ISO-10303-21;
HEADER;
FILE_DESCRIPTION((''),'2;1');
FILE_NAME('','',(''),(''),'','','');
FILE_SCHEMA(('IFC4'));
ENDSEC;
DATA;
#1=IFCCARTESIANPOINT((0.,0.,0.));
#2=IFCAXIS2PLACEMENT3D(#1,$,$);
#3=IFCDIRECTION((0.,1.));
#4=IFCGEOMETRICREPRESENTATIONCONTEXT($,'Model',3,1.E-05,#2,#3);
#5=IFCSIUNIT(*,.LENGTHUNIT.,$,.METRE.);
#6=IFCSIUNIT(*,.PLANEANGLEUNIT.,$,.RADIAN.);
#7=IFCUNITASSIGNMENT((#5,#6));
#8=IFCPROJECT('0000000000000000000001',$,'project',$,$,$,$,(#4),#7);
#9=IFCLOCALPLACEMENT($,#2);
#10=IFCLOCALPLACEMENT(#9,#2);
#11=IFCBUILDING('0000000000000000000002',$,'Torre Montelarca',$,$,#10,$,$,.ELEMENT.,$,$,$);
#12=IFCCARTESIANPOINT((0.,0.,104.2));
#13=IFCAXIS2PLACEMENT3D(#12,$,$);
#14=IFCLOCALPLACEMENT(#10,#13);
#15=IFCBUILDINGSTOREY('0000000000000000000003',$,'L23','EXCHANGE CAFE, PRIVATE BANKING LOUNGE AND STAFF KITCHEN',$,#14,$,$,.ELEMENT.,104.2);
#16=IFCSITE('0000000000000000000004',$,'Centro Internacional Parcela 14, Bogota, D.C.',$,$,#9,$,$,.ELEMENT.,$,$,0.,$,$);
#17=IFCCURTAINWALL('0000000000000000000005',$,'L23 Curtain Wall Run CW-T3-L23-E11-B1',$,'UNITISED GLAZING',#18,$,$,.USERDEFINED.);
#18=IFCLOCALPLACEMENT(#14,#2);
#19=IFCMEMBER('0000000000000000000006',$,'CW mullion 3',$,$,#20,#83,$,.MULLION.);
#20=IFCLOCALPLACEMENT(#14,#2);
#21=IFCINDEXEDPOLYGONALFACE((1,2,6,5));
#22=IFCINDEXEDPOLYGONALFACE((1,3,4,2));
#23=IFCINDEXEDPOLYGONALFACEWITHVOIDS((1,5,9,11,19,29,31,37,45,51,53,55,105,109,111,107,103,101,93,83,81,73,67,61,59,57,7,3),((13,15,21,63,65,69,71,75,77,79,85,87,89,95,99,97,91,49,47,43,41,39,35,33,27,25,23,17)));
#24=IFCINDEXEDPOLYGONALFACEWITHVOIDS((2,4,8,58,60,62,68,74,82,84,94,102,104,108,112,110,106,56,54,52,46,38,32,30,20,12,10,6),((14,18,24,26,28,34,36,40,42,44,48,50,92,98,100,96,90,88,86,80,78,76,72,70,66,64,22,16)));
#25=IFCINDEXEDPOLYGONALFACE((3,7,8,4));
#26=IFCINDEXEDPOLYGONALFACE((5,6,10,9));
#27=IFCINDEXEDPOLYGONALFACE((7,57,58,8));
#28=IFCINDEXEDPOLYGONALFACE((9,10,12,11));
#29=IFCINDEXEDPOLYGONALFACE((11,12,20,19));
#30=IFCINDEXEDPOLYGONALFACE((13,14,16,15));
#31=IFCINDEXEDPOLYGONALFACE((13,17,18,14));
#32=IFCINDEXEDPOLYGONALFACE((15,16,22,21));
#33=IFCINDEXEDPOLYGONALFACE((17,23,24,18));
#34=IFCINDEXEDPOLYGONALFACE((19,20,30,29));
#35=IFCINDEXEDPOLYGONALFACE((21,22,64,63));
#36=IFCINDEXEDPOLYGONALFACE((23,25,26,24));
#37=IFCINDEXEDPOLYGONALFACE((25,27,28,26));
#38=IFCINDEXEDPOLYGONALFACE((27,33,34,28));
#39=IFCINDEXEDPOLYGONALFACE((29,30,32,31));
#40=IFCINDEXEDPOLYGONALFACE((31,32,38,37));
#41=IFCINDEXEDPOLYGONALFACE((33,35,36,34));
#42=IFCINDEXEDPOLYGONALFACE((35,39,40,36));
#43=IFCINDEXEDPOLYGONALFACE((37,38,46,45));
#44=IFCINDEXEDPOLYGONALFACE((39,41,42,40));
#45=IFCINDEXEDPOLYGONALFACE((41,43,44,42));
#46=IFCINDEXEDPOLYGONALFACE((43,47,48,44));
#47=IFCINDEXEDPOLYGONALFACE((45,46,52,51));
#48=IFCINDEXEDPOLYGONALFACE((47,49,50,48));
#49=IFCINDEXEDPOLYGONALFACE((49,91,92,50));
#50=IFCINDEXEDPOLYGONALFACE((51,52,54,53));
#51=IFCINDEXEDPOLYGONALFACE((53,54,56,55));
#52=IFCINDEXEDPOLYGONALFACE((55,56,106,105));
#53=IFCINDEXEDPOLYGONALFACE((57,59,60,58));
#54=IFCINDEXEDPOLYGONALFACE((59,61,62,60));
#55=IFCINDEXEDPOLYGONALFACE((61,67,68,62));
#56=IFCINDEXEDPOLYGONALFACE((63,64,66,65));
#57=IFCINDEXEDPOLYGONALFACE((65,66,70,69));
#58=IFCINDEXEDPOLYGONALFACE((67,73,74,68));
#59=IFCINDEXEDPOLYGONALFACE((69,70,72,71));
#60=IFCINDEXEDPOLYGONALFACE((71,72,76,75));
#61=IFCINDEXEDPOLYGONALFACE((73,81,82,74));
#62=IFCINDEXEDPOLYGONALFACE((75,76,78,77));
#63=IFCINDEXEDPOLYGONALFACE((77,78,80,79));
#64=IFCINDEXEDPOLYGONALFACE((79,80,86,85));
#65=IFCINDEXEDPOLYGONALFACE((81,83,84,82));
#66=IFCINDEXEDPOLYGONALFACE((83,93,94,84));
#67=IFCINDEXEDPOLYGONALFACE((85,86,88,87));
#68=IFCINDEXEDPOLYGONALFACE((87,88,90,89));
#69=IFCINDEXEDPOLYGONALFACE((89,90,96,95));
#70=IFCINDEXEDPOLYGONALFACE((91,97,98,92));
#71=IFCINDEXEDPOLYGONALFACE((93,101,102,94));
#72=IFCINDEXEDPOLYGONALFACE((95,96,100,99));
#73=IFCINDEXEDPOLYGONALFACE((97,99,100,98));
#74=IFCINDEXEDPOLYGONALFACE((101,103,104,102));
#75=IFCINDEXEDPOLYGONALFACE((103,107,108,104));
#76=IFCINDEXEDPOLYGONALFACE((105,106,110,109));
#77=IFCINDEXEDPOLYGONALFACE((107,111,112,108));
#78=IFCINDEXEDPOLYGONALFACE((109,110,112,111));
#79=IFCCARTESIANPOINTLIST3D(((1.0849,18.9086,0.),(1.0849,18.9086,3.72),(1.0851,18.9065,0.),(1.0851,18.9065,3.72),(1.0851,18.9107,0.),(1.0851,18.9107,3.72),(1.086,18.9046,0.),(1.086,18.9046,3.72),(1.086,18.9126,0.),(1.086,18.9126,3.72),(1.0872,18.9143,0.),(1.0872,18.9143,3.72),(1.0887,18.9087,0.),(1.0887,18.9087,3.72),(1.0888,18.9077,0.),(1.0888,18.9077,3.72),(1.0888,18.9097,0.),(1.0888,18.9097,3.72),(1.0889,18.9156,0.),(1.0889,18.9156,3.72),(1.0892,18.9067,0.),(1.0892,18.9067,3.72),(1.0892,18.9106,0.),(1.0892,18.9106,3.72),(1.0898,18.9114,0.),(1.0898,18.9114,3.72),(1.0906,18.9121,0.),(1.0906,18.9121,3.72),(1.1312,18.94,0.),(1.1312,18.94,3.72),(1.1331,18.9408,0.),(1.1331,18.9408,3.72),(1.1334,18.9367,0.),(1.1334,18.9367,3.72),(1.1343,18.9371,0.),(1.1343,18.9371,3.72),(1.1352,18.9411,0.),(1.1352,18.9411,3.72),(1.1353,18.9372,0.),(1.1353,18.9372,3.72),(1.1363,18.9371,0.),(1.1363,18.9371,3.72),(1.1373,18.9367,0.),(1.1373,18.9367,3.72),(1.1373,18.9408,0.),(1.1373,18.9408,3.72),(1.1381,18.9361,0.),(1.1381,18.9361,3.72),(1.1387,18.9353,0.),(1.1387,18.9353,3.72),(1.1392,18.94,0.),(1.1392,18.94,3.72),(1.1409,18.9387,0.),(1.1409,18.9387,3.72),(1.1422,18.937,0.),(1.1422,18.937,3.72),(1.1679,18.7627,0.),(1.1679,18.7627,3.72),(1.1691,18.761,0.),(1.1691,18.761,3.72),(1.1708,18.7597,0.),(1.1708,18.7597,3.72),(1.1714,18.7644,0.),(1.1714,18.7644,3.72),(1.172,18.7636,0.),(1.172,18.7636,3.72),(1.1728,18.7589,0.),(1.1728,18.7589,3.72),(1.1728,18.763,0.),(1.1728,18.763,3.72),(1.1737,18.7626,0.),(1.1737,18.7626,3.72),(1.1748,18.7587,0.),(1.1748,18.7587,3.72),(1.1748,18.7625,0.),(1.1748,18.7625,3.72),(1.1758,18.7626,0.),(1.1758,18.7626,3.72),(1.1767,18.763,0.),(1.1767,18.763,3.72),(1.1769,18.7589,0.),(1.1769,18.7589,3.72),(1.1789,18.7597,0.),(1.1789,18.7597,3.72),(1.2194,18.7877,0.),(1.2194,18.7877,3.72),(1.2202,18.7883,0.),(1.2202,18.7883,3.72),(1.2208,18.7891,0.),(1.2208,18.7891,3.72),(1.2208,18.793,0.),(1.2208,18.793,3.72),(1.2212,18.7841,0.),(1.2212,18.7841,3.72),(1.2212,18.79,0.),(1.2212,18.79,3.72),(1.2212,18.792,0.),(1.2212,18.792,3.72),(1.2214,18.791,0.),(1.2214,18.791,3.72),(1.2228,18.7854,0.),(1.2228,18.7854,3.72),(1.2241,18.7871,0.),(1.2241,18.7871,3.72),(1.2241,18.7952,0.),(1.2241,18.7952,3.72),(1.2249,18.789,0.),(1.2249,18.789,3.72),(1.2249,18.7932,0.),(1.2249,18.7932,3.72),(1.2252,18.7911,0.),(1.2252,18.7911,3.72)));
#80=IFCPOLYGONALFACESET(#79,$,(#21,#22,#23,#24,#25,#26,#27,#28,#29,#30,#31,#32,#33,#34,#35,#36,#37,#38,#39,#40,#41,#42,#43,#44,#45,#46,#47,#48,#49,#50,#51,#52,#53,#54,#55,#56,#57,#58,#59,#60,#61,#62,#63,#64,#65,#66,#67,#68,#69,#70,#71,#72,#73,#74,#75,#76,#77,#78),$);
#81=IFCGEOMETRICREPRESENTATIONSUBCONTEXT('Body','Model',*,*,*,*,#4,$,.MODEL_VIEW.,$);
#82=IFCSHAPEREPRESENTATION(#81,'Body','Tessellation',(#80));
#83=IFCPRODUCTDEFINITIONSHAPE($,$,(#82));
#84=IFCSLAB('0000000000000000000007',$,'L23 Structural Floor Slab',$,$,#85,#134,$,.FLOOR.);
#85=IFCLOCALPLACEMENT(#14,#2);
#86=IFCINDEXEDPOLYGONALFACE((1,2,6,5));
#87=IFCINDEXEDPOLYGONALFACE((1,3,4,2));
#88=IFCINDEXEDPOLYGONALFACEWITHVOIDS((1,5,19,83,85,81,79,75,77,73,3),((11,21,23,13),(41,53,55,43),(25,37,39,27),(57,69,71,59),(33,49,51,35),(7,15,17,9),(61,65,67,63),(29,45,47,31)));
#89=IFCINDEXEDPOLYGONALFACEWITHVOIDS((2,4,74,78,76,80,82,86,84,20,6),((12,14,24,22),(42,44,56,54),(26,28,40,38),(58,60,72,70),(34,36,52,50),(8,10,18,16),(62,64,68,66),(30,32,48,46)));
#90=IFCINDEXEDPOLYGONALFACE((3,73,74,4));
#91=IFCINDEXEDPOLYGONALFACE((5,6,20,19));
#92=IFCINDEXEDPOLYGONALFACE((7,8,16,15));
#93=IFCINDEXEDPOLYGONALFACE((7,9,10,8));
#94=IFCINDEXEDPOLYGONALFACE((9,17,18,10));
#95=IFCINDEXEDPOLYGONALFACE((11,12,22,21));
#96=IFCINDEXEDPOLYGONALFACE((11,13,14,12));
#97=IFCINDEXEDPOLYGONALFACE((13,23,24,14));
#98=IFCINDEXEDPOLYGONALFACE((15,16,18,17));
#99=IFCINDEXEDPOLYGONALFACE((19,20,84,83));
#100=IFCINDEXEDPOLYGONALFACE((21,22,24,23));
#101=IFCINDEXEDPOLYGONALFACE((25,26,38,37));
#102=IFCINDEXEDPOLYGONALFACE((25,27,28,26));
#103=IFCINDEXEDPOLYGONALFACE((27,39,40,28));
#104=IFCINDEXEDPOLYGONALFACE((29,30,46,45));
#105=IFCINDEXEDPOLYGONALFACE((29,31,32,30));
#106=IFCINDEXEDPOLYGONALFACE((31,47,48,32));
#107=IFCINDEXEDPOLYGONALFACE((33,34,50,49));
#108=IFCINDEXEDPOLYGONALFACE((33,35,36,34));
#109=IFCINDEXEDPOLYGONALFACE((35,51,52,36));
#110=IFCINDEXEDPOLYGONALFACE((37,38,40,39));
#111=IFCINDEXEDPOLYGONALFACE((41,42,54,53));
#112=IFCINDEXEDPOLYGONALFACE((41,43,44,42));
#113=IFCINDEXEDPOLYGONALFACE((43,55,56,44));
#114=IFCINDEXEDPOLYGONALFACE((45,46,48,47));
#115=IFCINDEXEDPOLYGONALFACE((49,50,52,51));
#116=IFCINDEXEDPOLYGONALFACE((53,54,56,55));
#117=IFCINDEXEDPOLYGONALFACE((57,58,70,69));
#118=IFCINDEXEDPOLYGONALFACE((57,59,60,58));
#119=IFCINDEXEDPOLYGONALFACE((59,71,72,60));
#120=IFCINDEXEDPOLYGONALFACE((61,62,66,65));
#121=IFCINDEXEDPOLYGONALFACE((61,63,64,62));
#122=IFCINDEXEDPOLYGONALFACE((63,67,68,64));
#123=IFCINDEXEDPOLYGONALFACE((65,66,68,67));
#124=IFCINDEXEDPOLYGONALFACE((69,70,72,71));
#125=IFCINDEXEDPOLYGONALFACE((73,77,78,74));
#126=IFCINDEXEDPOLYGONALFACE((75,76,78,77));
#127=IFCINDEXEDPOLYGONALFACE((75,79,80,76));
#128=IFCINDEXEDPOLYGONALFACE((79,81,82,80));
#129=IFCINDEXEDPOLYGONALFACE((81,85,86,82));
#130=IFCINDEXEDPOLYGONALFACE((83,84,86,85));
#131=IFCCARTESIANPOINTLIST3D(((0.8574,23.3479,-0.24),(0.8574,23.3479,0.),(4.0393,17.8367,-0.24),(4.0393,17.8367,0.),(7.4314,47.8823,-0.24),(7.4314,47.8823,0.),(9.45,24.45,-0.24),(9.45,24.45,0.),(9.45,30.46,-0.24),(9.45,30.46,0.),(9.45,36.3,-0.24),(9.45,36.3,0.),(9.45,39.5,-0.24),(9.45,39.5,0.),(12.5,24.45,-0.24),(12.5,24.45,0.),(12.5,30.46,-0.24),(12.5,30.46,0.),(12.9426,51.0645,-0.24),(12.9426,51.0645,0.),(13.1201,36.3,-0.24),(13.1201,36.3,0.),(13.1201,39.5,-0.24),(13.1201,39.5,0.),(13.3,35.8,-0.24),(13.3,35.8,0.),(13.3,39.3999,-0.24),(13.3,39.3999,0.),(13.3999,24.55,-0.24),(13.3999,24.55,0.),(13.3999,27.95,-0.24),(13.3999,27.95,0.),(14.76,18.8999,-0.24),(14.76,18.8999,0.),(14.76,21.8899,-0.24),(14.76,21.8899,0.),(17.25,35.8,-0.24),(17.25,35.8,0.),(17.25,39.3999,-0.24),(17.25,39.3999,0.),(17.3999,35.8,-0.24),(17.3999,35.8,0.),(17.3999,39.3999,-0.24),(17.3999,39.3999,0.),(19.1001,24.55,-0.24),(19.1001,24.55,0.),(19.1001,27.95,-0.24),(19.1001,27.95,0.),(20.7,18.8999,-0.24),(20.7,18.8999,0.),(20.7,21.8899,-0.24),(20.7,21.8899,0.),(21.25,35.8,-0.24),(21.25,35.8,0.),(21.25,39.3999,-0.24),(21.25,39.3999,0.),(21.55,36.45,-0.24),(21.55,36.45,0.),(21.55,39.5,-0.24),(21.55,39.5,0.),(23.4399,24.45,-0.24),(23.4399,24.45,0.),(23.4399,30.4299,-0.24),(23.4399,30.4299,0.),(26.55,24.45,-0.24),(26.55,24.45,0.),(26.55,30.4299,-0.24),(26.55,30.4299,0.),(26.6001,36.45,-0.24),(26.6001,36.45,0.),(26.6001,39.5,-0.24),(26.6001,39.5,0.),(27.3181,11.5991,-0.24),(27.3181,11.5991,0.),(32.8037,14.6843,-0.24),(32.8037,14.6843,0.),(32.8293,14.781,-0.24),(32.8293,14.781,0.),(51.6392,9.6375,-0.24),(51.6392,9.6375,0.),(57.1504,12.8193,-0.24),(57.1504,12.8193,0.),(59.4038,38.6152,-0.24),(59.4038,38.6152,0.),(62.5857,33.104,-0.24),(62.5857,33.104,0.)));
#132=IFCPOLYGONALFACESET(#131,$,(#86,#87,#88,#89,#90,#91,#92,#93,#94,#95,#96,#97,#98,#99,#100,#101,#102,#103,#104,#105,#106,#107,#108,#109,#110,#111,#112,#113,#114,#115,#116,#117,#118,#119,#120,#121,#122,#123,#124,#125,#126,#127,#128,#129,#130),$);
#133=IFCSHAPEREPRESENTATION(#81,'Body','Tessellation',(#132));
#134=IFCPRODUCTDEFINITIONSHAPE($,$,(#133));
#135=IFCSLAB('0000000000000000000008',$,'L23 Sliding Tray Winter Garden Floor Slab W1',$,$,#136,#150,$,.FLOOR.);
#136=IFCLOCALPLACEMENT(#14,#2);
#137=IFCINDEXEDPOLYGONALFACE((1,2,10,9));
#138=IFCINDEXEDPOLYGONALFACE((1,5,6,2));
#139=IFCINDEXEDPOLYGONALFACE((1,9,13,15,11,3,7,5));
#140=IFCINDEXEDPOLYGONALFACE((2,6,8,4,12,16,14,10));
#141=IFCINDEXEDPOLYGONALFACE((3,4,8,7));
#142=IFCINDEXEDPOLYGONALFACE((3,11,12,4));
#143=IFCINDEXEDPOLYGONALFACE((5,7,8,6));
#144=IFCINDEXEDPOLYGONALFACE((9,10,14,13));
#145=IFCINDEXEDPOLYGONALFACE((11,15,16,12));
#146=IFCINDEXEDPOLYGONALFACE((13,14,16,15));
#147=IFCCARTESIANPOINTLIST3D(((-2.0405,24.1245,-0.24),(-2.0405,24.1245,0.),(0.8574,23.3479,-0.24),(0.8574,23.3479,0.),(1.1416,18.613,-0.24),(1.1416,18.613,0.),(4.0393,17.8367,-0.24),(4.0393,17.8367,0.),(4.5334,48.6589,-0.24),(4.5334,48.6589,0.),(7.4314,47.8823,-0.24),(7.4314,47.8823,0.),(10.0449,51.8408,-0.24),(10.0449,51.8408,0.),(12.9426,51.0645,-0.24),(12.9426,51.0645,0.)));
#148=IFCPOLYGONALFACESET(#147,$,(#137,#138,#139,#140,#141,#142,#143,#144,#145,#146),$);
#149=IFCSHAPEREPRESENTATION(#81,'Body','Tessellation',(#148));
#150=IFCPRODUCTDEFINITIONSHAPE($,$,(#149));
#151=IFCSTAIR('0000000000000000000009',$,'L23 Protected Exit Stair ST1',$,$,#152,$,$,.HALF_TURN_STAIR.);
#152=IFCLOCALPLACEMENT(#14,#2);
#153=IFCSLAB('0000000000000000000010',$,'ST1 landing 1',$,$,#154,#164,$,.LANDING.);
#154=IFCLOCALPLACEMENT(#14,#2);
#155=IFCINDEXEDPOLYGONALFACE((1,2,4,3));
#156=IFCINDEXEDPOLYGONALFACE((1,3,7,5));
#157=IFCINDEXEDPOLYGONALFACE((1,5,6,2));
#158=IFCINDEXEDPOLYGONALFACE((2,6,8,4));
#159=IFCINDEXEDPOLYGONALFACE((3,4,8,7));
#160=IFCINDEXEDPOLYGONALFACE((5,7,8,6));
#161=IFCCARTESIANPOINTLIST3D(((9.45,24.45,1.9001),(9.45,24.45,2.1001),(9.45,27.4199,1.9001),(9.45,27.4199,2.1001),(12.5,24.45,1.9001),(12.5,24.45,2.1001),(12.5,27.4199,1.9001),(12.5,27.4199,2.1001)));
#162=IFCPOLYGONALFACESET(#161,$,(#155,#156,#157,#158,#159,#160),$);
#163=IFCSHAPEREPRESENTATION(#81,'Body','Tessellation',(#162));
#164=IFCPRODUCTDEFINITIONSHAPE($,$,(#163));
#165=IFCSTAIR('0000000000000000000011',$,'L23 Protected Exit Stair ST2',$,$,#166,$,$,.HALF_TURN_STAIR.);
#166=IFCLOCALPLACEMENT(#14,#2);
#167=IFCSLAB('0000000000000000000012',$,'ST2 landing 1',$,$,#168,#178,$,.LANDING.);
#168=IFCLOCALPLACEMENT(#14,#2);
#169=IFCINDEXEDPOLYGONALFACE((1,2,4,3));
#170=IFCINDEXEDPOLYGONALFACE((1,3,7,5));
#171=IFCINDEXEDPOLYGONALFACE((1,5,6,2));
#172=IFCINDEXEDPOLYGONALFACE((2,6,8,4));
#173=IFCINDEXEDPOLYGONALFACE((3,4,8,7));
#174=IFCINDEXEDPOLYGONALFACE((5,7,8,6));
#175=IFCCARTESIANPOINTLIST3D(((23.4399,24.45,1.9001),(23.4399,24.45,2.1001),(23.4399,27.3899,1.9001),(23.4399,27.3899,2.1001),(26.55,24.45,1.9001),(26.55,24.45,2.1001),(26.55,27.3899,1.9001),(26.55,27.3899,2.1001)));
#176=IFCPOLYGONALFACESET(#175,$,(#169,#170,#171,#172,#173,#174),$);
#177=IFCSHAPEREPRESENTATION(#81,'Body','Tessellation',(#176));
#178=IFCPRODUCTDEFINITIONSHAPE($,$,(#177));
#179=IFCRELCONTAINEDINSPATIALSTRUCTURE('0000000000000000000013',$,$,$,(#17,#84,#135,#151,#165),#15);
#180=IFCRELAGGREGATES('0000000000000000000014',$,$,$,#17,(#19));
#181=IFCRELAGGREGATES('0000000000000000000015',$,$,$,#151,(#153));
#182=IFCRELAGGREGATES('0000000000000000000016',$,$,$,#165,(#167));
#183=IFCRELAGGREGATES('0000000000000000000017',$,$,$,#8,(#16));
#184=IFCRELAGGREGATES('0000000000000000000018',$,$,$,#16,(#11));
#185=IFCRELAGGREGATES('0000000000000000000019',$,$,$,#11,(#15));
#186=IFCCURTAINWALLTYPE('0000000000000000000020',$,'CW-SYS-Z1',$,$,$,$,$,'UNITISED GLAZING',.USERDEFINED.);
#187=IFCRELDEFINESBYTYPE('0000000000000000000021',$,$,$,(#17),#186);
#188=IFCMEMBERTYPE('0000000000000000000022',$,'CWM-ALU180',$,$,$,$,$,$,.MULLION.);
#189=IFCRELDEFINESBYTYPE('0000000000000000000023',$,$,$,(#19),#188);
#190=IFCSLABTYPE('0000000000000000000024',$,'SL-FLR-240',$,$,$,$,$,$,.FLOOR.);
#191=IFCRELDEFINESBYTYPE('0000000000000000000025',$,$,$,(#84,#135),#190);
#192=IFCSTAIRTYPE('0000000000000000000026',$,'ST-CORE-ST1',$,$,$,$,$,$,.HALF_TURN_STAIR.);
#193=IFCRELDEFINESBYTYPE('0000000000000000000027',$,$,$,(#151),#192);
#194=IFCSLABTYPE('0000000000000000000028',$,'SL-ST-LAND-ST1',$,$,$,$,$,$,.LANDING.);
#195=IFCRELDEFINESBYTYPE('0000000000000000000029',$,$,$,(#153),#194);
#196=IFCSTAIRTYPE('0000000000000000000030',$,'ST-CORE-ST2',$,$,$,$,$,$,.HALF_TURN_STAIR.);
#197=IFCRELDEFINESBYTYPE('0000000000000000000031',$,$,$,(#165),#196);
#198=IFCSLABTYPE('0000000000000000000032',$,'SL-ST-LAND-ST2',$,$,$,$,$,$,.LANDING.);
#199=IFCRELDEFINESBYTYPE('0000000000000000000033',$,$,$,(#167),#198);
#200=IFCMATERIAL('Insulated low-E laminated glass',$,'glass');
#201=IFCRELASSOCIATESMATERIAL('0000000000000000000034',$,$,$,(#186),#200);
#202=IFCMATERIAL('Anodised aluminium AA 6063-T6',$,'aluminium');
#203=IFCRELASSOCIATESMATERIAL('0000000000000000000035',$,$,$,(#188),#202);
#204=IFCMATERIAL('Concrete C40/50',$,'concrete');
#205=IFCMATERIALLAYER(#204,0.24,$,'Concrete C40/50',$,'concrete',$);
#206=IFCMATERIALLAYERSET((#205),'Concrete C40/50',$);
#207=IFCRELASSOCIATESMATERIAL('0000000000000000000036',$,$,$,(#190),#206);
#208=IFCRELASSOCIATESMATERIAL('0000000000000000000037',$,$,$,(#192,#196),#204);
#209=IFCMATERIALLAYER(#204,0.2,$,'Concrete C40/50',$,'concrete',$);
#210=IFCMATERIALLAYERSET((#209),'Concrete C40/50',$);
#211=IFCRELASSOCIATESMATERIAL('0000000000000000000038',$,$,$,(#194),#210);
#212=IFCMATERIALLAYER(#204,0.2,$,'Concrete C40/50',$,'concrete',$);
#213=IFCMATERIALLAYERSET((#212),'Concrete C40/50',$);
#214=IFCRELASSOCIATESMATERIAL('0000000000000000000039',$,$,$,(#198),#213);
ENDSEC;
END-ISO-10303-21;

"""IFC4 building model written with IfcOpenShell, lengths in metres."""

from ifc_helpers import new_model, si_unit, direction, frame, origin, origin_2d, place, context, subcontext, project, spatial, polyline, hollow_rectangle, outline, extrude, source, transform, mapped, material, layer, layer_set, material_profile, profile_set, type_object, element, aggregate, save


model = new_model("IFC4")

# Units and contexts
model_context = context("Model", 3, precision=1e-05, world=origin(), true_north=direction((0.0, 1.0)))
body_context = subcontext(model_context, "Body", "Model", "MODEL_VIEW")
ifc_project = project(units=[si_unit("LENGTHUNIT", "METRE"), si_unit("PLANEANGLEUNIT", "RADIAN")], contexts=[model_context])

# Site, building, storey
site_placement = place(None, origin())
site = spatial("IfcSite", under=ifc_project, at=site_placement, Name="Centro Internacional Parcela 14, Bogota, D.C.", CompositionType="ELEMENT", RefElevation=0.0)
building_placement = place(site_placement, origin())
building = spatial("IfcBuilding", under=site, at=building_placement, Name="Torre Montelarca", CompositionType="ELEMENT")
storey_placement = place(building_placement, frame((0.0, 0.0, 104.2)))
storey = spatial("IfcBuildingStorey", under=building, at=storey_placement, Name="L23", Description="EXCHANGE CAFE, PRIVATE BANKING LOUNGE AND STAFF KITCHEN", CompositionType="ELEMENT", Elevation=104.2)

# Shared definitions
ifc_material_1 = material(Name="Insulated low-E laminated glass", Category="glass")
curtain_wall_type = type_object("IfcCurtainWallType", Name="CW-SYS-Z1", ElementType="UNITISED GLAZING", PredefinedType="USERDEFINED", material=ifc_material_1)
ifc_material_2 = material(Name="Anodised aluminium AA 6063-T6", Category="aluminium")

# Shared definitions
ifc_material_profile_1 = material_profile(ifc_material_2, hollow_rectangle(XDim=0.0649, YDim=0.1799, WallThickness=0.0039, InnerFilletRadius=0.0039, OuterFilletRadius=0.0081, at=origin_2d()), Name="ALU65X180X4", Category="aluminium")
ifc_profile_set_1 = profile_set([ifc_material_profile_1], Name="Anodised aluminium AA 6063-T6")
member_type_1 = type_object("IfcMemberType", Name="CWM-ALU180", PredefinedType="MULLION", material=ifc_profile_set_1)
shared_shape_1 = source(origin(), body_context, "Body", "SweptSolid", [
    extrude(hollow_rectangle(XDim=0.0649, YDim=0.1799, WallThickness=0.0039, InnerFilletRadius=0.0039, OuterFilletRadius=0.0081, at=origin_2d()), origin(), (0.0, 0.0, 1.0), 3.72),
])

# Curtain wall, member
curtain_wall_1_placement = place(storey_placement, origin())
curtain_wall_1 = element("IfcCurtainWall", 1, at=curtain_wall_1_placement, inside=storey, type_object=curtain_wall_type, Name="L23 Curtain Wall Run CW-T3-L23-E11-B1", ObjectType="UNITISED GLAZING", PredefinedType="USERDEFINED")
member_1_placement = place(storey_placement, frame((1.155, 18.8499, 0.0), z_axis=(0.0, 0.0, 1.0), x_axis=(0.866025, 0.500001, 0.0)))
member_1 = element("IfcMember", 2, at=member_1_placement, type_object=member_type_1, Name="CW mullion 3", PredefinedType="MULLION", context=body_context, shape_type="MappedRepresentation", body=[
    mapped(shared_shape_1, transform((0.0, 0.0, 0.0), scale=1.0)),
])
aggregate(curtain_wall_1, [member_1])

# Slabs
ifc_material_3 = material(Name="Concrete C40/50", Category="concrete")
ifc_layer_1 = layer(ifc_material_3, 0.24, Name="Concrete C40/50", Category="concrete")
ifc_layer_set_1 = layer_set([ifc_layer_1], Name="Concrete C40/50")
slab_type_1 = type_object("IfcSlabType", Name="SL-FLR-240", PredefinedType="FLOOR", material=ifc_layer_set_1)
slab_1_placement = place(storey_placement, frame((0.0, 0.0, -0.24)))
element("IfcSlab", 3, at=slab_1_placement, inside=storey, type_object=slab_type_1, Name="L23 Structural Floor Slab", PredefinedType="FLOOR", context=body_context, shape_type="SweptSolid", body=[
    extrude(outline(polyline([(27.3181, 11.5991), (32.8293, 14.781), (32.8037, 14.6843), (51.6392, 9.6375), (57.1504, 12.8193), (62.5857, 33.104), (59.4038, 38.6152), (12.9426, 51.0645), (7.4314, 47.8823), (0.8574, 23.3479), (4.0393, 17.8367), (27.3181, 11.5991)]), holes=[polyline([(20.7, 18.8999), (14.76, 18.8999), (14.76, 21.8899), (20.7, 21.8899), (20.7, 18.8999)]), polyline([(19.1001, 24.55), (13.3999, 24.55), (13.3999, 27.95), (19.1001, 27.95), (19.1001, 24.55)]), polyline([(23.4399, 24.45), (23.4399, 30.4299), (26.55, 30.4299), (26.55, 24.45), (23.4399, 24.45)]), polyline([(9.45, 24.45), (9.45, 30.46), (12.5, 30.46), (12.5, 24.45), (9.45, 24.45)]), polyline([(17.25, 35.8), (13.3, 35.8), (13.3, 39.3999), (17.25, 39.3999), (17.25, 35.8)]), polyline([(21.25, 35.8), (17.3999, 35.8), (17.3999, 39.3999), (21.25, 39.3999), (21.25, 35.8)]), polyline([(13.1201, 36.3), (9.45, 36.3), (9.45, 39.5), (13.1201, 39.5), (13.1201, 36.3)]), polyline([(26.6001, 36.45), (21.55, 36.45), (21.55, 39.5), (26.6001, 39.5), (26.6001, 36.45)])]), origin(), (0.0, 0.0, 1.0), 0.24),
])
slab_2_placement = place(storey_placement, frame((0.0, 0.0, -0.24)))
element("IfcSlab", 4, at=slab_2_placement, inside=storey, type_object=slab_type_1, Name="L23 Sliding Tray Winter Garden Floor Slab W1", PredefinedType="FLOOR", context=body_context, shape_type="SweptSolid", body=[
    extrude(outline(polyline([(4.0393, 17.8367), (0.8574, 23.3479), (7.4314, 47.8823), (12.9426, 51.0645), (10.0449, 51.8408), (4.5334, 48.6589), (-2.0405, 24.1245), (1.1416, 18.613), (4.0393, 17.8367)])), origin(), (0.0, 0.0, 1.0), 0.24),
])

# Stairs, slabs
stair_type_1 = type_object("IfcStairType", Name="ST-CORE-ST1", PredefinedType="HALF_TURN_STAIR", material=ifc_material_3)
stair_1_placement = place(storey_placement, origin())
stair_1 = element("IfcStair", 5, at=stair_1_placement, inside=storey, type_object=stair_type_1, Name="L23 Protected Exit Stair ST1", PredefinedType="HALF_TURN_STAIR")
ifc_layer_2 = layer(ifc_material_3, 0.2, Name="Concrete C40/50", Category="concrete")
ifc_layer_set_2 = layer_set([ifc_layer_2], Name="Concrete C40/50")
slab_type_2 = type_object("IfcSlabType", Name="SL-ST-LAND-ST1", PredefinedType="LANDING", material=ifc_layer_set_2)
slab_3_placement = place(storey_placement, frame((0.0, 0.0, 1.9001)))
slab_3 = element("IfcSlab", 6, at=slab_3_placement, type_object=slab_type_2, Name="ST1 landing 1", PredefinedType="LANDING", context=body_context, shape_type="SweptSolid", body=[
    extrude(outline(polyline([(9.45, 27.4199), (9.45, 24.45), (12.5, 24.45), (12.5, 27.4199), (9.45, 27.4199)])), origin(), (0.0, 0.0, 1.0), 0.2),
])
aggregate(stair_1, [slab_3])
stair_type_2 = type_object("IfcStairType", Name="ST-CORE-ST2", PredefinedType="HALF_TURN_STAIR", material=ifc_material_3)
stair_2_placement = place(storey_placement, origin())
stair_2 = element("IfcStair", 7, at=stair_2_placement, inside=storey, type_object=stair_type_2, Name="L23 Protected Exit Stair ST2", PredefinedType="HALF_TURN_STAIR")
ifc_layer_3 = layer(ifc_material_3, 0.2, Name="Concrete C40/50", Category="concrete")
ifc_layer_set_3 = layer_set([ifc_layer_3], Name="Concrete C40/50")
slab_type_3 = type_object("IfcSlabType", Name="SL-ST-LAND-ST2", PredefinedType="LANDING", material=ifc_layer_set_3)
slab_4_placement = place(storey_placement, frame((0.0, 0.0, 1.9001)))
slab_4 = element("IfcSlab", 8, at=slab_4_placement, type_object=slab_type_3, Name="ST2 landing 1", PredefinedType="LANDING", context=body_context, shape_type="SweptSolid", body=[
    extrude(outline(polyline([(23.4399, 27.3899), (23.4399, 24.45), (26.55, 24.45), (26.55, 27.3899), (23.4399, 27.3899)])), origin(), (0.0, 0.0, 1.0), 0.2),
])
aggregate(stair_2, [slab_4])

save(model, "model.ifc")
